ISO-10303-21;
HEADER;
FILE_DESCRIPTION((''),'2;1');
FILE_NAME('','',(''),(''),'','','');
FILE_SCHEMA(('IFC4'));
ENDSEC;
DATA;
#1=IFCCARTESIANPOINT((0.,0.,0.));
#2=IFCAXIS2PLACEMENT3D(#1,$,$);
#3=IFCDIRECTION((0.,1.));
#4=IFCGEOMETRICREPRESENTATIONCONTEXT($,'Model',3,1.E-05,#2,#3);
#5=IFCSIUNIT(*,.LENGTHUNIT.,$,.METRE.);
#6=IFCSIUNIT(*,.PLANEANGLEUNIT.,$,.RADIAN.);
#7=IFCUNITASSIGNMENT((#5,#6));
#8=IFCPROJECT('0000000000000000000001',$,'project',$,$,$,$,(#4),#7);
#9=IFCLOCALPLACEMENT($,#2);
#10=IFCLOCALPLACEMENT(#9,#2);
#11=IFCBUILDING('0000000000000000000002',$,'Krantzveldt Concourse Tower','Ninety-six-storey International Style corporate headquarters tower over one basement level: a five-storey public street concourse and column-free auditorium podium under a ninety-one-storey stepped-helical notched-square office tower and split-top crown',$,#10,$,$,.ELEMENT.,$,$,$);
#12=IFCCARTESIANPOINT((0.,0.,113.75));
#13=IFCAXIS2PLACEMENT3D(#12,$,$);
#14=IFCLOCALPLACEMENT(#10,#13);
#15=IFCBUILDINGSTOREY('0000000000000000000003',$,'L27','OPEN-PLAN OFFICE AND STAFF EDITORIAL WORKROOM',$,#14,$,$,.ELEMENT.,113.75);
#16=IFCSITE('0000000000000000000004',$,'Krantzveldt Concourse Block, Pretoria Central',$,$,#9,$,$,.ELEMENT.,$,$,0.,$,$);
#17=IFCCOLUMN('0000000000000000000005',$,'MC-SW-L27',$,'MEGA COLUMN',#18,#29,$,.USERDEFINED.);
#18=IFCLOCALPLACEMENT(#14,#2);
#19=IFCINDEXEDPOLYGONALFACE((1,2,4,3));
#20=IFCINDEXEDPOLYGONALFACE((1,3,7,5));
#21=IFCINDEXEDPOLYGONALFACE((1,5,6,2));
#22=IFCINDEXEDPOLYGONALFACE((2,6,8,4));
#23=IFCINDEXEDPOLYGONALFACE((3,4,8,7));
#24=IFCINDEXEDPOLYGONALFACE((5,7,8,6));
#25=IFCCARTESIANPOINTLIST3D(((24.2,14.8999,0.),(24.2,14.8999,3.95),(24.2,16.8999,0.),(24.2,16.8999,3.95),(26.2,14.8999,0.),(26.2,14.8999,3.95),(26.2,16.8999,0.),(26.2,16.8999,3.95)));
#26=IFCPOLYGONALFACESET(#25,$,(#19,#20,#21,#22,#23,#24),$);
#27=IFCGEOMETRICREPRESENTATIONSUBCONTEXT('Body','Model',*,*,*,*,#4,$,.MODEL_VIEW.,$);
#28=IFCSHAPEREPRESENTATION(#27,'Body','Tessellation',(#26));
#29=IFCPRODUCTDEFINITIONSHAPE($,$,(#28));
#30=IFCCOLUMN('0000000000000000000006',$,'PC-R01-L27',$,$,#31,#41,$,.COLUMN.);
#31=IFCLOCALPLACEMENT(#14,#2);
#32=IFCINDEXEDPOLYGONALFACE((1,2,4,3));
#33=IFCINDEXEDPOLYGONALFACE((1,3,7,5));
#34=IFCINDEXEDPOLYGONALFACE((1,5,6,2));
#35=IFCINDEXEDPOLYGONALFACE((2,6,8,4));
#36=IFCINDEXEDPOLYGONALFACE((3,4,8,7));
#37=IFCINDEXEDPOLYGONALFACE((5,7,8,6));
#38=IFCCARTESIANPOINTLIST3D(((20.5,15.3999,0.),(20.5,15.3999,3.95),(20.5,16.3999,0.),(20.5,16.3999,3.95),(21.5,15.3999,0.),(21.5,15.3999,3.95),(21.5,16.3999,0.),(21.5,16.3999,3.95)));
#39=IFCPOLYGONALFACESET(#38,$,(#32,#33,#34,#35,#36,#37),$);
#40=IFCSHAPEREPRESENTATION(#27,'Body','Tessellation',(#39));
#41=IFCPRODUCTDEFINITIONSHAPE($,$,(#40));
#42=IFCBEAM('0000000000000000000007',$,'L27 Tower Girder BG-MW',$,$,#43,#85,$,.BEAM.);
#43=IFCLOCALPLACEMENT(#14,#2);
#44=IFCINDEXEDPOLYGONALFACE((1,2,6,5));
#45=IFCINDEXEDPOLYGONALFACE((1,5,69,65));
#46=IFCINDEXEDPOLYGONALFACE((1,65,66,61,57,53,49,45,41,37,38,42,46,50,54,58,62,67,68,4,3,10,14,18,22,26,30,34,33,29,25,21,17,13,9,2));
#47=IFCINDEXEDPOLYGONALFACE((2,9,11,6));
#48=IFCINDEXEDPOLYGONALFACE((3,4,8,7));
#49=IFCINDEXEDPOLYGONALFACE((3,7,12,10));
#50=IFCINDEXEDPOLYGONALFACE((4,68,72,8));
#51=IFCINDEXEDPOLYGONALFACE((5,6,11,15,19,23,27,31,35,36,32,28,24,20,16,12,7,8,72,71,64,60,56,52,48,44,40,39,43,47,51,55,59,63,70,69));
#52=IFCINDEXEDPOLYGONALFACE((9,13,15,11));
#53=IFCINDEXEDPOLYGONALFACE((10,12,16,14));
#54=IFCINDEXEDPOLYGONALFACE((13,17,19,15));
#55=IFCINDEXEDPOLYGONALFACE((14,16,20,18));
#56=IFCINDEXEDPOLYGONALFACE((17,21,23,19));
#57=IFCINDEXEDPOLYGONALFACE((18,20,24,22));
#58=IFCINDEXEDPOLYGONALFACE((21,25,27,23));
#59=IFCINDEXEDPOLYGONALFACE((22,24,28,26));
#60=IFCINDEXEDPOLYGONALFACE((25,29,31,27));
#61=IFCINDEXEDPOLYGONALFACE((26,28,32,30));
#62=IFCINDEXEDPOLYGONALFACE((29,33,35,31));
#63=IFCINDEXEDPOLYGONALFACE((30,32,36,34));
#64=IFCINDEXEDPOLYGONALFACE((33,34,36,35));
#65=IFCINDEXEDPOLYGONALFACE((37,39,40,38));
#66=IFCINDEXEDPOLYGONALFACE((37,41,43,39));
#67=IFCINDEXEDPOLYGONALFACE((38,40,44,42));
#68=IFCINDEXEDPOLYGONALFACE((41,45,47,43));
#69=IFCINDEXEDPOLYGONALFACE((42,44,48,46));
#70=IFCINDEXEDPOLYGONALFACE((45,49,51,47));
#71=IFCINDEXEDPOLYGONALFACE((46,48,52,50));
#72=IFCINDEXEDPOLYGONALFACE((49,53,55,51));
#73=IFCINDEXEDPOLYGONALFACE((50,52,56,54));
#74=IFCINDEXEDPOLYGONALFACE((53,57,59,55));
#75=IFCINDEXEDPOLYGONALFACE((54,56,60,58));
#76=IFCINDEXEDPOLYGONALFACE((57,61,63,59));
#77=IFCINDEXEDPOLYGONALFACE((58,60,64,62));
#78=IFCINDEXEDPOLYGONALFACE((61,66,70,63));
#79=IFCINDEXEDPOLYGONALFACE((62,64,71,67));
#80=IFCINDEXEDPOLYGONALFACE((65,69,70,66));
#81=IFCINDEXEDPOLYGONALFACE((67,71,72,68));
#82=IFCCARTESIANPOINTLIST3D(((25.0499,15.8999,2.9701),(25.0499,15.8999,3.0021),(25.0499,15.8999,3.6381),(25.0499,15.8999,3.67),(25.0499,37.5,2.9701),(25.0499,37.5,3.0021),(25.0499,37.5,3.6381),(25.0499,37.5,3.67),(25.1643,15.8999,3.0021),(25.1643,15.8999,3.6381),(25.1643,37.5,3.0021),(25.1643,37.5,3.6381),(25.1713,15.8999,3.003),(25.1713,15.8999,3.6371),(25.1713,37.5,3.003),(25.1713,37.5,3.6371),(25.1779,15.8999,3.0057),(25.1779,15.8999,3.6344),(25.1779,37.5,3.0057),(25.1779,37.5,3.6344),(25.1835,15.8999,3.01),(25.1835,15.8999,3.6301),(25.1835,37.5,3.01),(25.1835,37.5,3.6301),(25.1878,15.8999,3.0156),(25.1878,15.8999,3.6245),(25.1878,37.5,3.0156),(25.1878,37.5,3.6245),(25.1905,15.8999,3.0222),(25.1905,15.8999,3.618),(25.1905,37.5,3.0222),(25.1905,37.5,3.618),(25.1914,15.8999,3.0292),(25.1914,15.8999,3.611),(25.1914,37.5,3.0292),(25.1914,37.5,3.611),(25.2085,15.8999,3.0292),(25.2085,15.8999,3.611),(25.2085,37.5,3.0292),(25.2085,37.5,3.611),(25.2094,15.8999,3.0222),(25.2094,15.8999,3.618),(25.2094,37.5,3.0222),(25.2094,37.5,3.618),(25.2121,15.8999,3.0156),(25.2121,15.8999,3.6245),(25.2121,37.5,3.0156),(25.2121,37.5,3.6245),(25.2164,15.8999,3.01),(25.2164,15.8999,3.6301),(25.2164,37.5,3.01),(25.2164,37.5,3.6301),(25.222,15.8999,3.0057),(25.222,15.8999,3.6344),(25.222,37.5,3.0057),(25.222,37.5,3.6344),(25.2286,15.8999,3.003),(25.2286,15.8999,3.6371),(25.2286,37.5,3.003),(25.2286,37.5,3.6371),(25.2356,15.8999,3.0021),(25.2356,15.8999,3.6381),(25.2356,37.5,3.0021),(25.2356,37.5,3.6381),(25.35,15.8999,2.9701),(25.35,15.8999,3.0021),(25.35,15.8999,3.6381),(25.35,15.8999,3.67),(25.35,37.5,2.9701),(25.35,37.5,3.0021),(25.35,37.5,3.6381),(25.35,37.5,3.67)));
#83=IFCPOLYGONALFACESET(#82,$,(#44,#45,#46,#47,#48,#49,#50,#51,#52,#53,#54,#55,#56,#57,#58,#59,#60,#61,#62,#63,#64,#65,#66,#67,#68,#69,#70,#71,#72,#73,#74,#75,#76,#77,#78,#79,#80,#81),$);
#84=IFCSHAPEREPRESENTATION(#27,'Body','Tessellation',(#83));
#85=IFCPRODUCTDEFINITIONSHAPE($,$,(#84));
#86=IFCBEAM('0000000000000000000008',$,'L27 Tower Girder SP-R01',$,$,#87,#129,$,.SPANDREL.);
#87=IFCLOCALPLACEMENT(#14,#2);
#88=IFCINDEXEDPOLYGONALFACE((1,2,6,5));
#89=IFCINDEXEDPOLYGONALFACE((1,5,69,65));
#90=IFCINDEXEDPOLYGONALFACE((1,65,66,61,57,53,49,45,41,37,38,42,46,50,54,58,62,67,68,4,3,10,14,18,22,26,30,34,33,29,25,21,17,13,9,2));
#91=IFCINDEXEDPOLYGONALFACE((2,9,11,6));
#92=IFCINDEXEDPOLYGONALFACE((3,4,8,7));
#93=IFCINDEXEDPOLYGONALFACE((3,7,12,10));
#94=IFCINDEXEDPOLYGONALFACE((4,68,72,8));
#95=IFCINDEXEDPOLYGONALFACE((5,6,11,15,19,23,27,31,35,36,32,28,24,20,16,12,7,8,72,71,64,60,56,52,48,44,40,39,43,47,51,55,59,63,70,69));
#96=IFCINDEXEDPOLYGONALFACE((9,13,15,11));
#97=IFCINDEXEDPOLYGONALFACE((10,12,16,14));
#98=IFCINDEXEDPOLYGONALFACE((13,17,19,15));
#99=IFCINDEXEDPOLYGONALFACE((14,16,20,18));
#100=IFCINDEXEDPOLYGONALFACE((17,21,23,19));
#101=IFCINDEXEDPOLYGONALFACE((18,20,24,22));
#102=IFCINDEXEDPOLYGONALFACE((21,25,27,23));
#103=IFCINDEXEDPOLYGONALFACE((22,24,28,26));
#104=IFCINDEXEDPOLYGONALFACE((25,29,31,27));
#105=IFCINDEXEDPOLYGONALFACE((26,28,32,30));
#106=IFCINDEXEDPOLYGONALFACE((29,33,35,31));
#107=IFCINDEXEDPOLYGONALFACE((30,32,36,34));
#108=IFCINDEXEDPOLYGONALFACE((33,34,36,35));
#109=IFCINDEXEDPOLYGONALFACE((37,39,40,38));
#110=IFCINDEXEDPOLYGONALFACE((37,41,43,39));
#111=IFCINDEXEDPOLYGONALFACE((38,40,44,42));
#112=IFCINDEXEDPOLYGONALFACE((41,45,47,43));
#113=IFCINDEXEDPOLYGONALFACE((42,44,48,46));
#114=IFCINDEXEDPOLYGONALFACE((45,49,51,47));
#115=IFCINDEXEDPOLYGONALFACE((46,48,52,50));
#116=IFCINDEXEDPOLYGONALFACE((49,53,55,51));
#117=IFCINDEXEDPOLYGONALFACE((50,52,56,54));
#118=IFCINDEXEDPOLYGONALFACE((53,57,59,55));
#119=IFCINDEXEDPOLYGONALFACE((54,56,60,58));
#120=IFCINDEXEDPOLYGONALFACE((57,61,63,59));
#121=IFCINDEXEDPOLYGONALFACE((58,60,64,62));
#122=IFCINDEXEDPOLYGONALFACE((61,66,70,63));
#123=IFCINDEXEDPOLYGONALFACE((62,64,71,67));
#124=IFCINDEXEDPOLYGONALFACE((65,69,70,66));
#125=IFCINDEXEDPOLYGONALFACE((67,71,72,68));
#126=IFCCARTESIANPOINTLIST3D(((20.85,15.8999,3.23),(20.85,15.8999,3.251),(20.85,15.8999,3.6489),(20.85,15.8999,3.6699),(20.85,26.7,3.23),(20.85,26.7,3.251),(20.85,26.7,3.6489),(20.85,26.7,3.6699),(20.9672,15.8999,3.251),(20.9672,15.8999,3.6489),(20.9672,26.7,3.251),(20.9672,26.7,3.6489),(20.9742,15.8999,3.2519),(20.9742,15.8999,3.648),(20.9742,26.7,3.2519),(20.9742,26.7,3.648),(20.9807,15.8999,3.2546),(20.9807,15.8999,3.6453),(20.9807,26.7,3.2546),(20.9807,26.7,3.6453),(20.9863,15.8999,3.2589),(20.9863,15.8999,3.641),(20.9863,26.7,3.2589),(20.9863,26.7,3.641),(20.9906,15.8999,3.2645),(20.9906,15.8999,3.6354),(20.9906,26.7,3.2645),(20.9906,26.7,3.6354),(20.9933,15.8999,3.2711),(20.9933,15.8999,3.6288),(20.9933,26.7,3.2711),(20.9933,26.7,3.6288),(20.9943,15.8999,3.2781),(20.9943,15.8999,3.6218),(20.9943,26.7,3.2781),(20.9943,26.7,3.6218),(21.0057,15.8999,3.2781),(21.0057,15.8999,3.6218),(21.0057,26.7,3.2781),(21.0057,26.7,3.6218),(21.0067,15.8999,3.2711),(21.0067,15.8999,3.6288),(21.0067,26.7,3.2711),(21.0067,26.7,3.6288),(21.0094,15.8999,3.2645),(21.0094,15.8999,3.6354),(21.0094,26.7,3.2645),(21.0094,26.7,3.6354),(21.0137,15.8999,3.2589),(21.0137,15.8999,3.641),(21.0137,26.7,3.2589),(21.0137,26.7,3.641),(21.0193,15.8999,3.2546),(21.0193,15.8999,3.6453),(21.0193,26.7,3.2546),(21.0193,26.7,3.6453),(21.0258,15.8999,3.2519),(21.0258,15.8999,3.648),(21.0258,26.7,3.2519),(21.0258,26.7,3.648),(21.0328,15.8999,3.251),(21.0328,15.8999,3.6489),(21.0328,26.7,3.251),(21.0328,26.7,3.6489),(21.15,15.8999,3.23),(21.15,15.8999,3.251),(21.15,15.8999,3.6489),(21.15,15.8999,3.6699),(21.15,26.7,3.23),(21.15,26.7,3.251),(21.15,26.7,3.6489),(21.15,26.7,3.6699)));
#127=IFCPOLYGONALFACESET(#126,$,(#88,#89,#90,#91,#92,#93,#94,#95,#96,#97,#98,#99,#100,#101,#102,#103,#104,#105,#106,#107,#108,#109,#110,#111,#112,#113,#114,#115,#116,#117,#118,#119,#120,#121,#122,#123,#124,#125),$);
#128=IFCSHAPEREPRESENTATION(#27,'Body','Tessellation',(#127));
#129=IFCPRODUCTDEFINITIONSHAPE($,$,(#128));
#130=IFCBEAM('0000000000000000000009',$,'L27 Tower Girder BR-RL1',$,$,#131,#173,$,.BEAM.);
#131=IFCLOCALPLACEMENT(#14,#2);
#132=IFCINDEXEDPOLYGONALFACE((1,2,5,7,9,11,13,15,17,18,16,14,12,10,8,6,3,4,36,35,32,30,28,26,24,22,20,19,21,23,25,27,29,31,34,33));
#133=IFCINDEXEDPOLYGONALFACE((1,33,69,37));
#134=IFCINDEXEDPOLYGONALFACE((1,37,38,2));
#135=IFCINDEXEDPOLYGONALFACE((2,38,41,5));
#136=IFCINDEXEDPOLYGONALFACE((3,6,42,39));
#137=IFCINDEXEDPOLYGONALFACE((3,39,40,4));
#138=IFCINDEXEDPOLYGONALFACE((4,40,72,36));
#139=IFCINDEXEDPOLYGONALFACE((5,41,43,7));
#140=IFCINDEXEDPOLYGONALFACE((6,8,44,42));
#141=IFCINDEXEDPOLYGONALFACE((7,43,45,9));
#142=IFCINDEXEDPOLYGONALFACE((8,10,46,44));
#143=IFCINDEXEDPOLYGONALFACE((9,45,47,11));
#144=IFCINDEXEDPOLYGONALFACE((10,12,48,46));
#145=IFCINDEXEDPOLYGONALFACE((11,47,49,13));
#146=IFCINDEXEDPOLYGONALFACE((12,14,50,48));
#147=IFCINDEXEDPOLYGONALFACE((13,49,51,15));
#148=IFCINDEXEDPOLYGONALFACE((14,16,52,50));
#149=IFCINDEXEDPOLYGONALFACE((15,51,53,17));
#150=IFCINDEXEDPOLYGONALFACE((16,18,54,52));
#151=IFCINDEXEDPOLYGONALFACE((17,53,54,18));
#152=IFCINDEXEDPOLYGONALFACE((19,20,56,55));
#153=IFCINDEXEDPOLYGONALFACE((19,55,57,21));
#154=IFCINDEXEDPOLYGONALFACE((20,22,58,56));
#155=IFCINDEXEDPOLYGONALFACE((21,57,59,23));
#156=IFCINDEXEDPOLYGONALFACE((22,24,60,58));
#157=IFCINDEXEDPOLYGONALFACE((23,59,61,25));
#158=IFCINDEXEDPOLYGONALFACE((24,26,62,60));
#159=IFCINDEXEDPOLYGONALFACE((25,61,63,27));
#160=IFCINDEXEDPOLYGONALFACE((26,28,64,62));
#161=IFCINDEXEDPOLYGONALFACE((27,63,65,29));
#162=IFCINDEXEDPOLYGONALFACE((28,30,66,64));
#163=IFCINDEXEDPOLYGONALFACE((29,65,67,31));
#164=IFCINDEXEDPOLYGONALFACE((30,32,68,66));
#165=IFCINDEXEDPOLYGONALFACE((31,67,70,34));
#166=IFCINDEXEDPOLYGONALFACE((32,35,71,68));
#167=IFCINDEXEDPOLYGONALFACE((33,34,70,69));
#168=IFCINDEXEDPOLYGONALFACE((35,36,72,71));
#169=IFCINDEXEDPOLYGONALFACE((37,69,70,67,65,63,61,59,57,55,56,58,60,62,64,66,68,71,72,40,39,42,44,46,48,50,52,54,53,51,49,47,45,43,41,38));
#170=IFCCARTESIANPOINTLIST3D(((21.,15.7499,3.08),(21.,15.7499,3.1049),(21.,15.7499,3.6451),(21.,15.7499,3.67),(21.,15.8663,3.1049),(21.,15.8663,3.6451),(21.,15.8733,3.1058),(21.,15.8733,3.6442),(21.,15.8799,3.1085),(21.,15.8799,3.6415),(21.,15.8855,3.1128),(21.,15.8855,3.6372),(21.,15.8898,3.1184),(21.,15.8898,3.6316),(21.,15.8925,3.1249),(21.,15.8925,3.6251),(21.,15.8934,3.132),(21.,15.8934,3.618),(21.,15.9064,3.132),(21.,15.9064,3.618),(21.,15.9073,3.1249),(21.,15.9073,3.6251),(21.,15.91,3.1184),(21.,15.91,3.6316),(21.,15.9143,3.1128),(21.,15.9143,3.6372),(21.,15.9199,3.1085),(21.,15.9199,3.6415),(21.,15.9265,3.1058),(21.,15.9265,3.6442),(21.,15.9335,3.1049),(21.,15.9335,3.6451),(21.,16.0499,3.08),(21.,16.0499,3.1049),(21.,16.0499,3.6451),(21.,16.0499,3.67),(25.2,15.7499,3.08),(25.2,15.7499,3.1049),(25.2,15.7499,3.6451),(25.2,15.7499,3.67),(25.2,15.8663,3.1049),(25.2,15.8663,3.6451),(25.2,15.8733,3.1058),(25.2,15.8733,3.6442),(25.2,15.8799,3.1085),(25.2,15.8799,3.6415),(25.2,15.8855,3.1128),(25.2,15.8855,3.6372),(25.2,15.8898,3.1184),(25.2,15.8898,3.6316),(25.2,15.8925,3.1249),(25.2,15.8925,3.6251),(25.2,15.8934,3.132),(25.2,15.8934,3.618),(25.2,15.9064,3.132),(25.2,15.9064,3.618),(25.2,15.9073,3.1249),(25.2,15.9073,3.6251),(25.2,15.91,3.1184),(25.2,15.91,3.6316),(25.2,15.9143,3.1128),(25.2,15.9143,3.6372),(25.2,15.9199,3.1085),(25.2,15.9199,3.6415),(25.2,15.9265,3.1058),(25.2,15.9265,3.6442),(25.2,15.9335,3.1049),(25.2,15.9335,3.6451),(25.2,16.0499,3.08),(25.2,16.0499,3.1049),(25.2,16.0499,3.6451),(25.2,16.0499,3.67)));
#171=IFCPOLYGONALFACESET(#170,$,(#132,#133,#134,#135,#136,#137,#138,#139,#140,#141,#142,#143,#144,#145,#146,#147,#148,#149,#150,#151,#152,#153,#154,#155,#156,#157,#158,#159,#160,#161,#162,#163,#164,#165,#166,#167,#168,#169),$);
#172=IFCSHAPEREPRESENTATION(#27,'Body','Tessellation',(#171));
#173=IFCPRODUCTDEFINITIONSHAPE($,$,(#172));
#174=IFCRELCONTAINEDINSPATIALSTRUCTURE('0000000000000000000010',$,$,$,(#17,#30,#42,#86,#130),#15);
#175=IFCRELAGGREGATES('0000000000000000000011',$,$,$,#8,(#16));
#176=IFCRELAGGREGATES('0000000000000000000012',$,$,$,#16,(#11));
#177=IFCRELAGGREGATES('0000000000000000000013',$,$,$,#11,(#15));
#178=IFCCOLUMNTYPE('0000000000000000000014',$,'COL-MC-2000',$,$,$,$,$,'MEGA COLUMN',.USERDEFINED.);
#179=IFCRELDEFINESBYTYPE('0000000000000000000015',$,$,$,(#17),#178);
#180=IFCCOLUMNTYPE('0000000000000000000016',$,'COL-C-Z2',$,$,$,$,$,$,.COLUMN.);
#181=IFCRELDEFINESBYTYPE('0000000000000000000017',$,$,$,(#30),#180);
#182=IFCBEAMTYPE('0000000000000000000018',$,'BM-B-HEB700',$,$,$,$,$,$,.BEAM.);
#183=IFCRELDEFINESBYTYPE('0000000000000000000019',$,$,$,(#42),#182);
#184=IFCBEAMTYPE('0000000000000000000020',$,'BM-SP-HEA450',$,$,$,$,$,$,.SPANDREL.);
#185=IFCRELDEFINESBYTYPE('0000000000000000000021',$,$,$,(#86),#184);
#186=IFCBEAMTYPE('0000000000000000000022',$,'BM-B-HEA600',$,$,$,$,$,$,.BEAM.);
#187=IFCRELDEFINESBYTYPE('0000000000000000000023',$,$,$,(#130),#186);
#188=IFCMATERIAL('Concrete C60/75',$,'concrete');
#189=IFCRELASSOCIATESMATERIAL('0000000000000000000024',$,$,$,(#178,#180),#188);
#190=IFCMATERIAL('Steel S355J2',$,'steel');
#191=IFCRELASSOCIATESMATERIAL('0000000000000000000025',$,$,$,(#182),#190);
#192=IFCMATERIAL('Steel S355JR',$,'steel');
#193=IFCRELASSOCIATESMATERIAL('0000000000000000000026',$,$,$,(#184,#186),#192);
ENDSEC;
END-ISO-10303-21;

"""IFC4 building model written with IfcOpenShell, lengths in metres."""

from ifc_helpers import new_model, si_unit, direction, frame, origin, origin_2d, place, context, subcontext, project, spatial, rectangle, i_section, extrude, source, transform, mapped, material, material_profile, profile_set, type_object, type_shapes, element, save


model = new_model("IFC4")

# Units and contexts
model_context = context("Model", 3, precision=1e-05, world=origin(), true_north=direction((0.0, 1.0)))
body_context = subcontext(model_context, "Body", "Model", "MODEL_VIEW")
ifc_project = project(units=[si_unit("LENGTHUNIT", "METRE"), si_unit("PLANEANGLEUNIT", "RADIAN")], contexts=[model_context])

# Site, building, storey
site_placement = place(None, origin())
site = spatial("IfcSite", under=ifc_project, at=site_placement, Name="Krantzveldt Concourse Block, Pretoria Central", CompositionType="ELEMENT", RefElevation=0.0)
building_placement = place(site_placement, origin())
building = spatial("IfcBuilding", under=site, at=building_placement, Name="Krantzveldt Concourse Tower", Description="Ninety-six-storey International Style corporate headquarters tower over one basement level: a five-storey public street concourse and column-free auditorium podium under a ninety-one-storey stepped-helical notched-square office tower and split-top crown", CompositionType="ELEMENT")
storey_placement = place(building_placement, frame((0.0, 0.0, 113.75)))
storey = spatial("IfcBuildingStorey", under=building, at=storey_placement, Name="L27", Description="OPEN-PLAN OFFICE AND STAFF EDITORIAL WORKROOM", CompositionType="ELEMENT", Elevation=113.75)

# Columns
ifc_material_1 = material(Name="Concrete C60/75", Category="concrete")
ifc_material_profile_1 = material_profile(ifc_material_1, rectangle(XDim=2.0, YDim=2.0, at=origin_2d()), Name="Concrete C60/75", Category="concrete")
ifc_profile_set_1 = profile_set([ifc_material_profile_1], Name="Concrete C60/75 - RC 2000x2000")
column_type_1 = type_object("IfcColumnType", Name="COL-MC-2000", ElementType="MEGA COLUMN", PredefinedType="USERDEFINED", material=ifc_profile_set_1)
shared_shape_1 = source(origin(), body_context, "Body", "SweptSolid", [
    extrude(rectangle(XDim=2.0, YDim=2.0, at=origin_2d()), origin(), (0.0, 0.0, 1.0), 3.95),
])
type_shapes(column_type_1, [shared_shape_1])
column_1_placement = place(storey_placement, frame((25.2, 15.8999, 0.0), z_axis=(0.0, 0.0, 1.0), x_axis=(1.0, 0.0, 0.0)))
element("IfcColumn", 1, at=column_1_placement, inside=storey, type_object=column_type_1, Name="MC-SW-L27", ObjectType="MEGA COLUMN", PredefinedType="USERDEFINED", context=body_context, shape_type="MappedRepresentation", body=[
    mapped(shared_shape_1, transform((0.0, 0.0, 0.0), x_axis=(1.0, 0.0, 0.0), y_axis=(0.0, 1.0, 0.0), z_axis=(0.0, 0.0, 1.0), scale=1.0)),
])
ifc_material_profile_2 = material_profile(ifc_material_1, rectangle(XDim=1.0, YDim=1.0, at=origin_2d()), Name="Concrete C60/75", Category="concrete")
ifc_profile_set_2 = profile_set([ifc_material_profile_2], Name="Concrete C60/75 - RC 1000x1000")
column_type_2 = type_object("IfcColumnType", Name="COL-C-Z2", PredefinedType="COLUMN", material=ifc_profile_set_2)
shared_shape_2 = source(origin(), body_context, "Body", "SweptSolid", [
    extrude(rectangle(XDim=1.0, YDim=1.0, at=origin_2d()), origin(), (0.0, 0.0, 1.0), 3.95),
])
type_shapes(column_type_2, [shared_shape_2])
column_2_placement = place(storey_placement, frame((21.0, 15.8999, 0.0), z_axis=(0.0, 0.0, 1.0), x_axis=(1.0, 0.0, 0.0)))
element("IfcColumn", 2, at=column_2_placement, inside=storey, type_object=column_type_2, Name="PC-R01-L27", PredefinedType="COLUMN", context=body_context, shape_type="MappedRepresentation", body=[
    mapped(shared_shape_2, transform((0.0, 0.0, 0.0), x_axis=(1.0, 0.0, 0.0), y_axis=(0.0, 1.0, 0.0), z_axis=(0.0, 0.0, 1.0), scale=1.0)),
])

# Beams
ifc_material_2 = material(Name="Steel S355J2", Category="steel")
ifc_material_profile_3 = material_profile(ifc_material_2, i_section(OverallWidth=0.3, OverallDepth=0.7, WebThickness=0.0171, FlangeThickness=0.032, FilletRadius=0.0271, at=origin_2d()), Name="Steel S355J2", Category="steel")
ifc_profile_set_3 = profile_set([ifc_material_profile_3], Name="Steel S355J2 - HEB 700")
beam_type_1 = type_object("IfcBeamType", Name="BM-B-HEB700", PredefinedType="BEAM", material=ifc_profile_set_3)
shared_shape_3 = source(origin(), body_context, "Body", "SweptSolid", [
    extrude(i_section(OverallWidth=0.3, OverallDepth=0.7, WebThickness=0.0171, FlangeThickness=0.032, FilletRadius=0.0271, at=origin_2d()), origin(), (0.0, 0.0, 1.0), 21.6001),
])
type_shapes(beam_type_1, [shared_shape_3])
beam_1_placement = place(storey_placement, frame((25.2, 15.8999, 3.3201), z_axis=(0.0, 1.0, 0.0), x_axis=(-1.0, 0.0, 0.0)))
element("IfcBeam", 3, at=beam_1_placement, inside=storey, type_object=beam_type_1, Name="L27 Tower Girder BG-MW", PredefinedType="BEAM", context=body_context, shape_type="MappedRepresentation", body=[
    mapped(shared_shape_3, transform((0.0, 0.0, 0.0), x_axis=(1.0, 0.0, 0.0), y_axis=(0.0, 1.0, 0.0), z_axis=(0.0, 0.0, 1.0), scale=1.0)),
])
ifc_material_3 = material(Name="Steel S355JR", Category="steel")
ifc_material_profile_4 = material_profile(ifc_material_3, i_section(OverallWidth=0.3, OverallDepth=0.4399, WebThickness=0.0115, FlangeThickness=0.021, FilletRadius=0.0271, at=origin_2d()), Name="Steel S355JR", Category="steel")
ifc_profile_set_4 = profile_set([ifc_material_profile_4], Name="Steel S355JR - HEA 450")
beam_type_2 = type_object("IfcBeamType", Name="BM-SP-HEA450", PredefinedType="SPANDREL", material=ifc_profile_set_4)
shared_shape_4 = source(origin(), body_context, "Body", "SweptSolid", [
    extrude(i_section(OverallWidth=0.3, OverallDepth=0.4399, WebThickness=0.0115, FlangeThickness=0.021, FilletRadius=0.0271, at=origin_2d()), origin(), (0.0, 0.0, 1.0), 10.8),
])
type_shapes(beam_type_2, [shared_shape_4])
beam_2_placement = place(storey_placement, frame((21.0, 15.8999, 3.45), z_axis=(0.0, 1.0, 0.0), x_axis=(-1.0, 0.0, 0.0)))
element("IfcBeam", 4, at=beam_2_placement, inside=storey, type_object=beam_type_2, Name="L27 Tower Girder SP-R01", PredefinedType="SPANDREL", context=body_context, shape_type="MappedRepresentation", body=[
    mapped(shared_shape_4, transform((0.0, 0.0, 0.0), x_axis=(1.0, 0.0, 0.0), y_axis=(0.0, 1.0, 0.0), z_axis=(0.0, 0.0, 1.0), scale=1.0)),
])
ifc_material_profile_5 = material_profile(ifc_material_3, i_section(OverallWidth=0.3, OverallDepth=0.5901, WebThickness=0.0129, FlangeThickness=0.0249, FilletRadius=0.0271, at=origin_2d()), Name="Steel S355JR", Category="steel")
ifc_profile_set_5 = profile_set([ifc_material_profile_5], Name="Steel S355JR - HEA 600")
beam_type_3 = type_object("IfcBeamType", Name="BM-B-HEA600", PredefinedType="BEAM", material=ifc_profile_set_5)
shared_shape_5 = source(origin(), body_context, "Body", "SweptSolid", [
    extrude(i_section(OverallWidth=0.3, OverallDepth=0.5901, WebThickness=0.0129, FlangeThickness=0.0249, FilletRadius=0.0271, at=origin_2d()), origin(), (0.0, 0.0, 1.0), 4.2),
])
beam_3_placement = place(storey_placement, frame((21.0, 15.8999, 3.375), z_axis=(1.0, 0.0, 0.0), x_axis=(0.0, 1.0, 0.0)))
element("IfcBeam", 5, at=beam_3_placement, inside=storey, type_object=beam_type_3, Name="L27 Tower Girder BR-RL1", PredefinedType="BEAM", context=body_context, shape_type="MappedRepresentation", body=[
    mapped(shared_shape_5, transform((0.0, 0.0, 0.0), x_axis=(1.0, 0.0, 0.0), y_axis=(0.0, 1.0, 0.0), z_axis=(0.0, 0.0, 1.0), scale=1.0)),
])

save(model, "model.ifc")
